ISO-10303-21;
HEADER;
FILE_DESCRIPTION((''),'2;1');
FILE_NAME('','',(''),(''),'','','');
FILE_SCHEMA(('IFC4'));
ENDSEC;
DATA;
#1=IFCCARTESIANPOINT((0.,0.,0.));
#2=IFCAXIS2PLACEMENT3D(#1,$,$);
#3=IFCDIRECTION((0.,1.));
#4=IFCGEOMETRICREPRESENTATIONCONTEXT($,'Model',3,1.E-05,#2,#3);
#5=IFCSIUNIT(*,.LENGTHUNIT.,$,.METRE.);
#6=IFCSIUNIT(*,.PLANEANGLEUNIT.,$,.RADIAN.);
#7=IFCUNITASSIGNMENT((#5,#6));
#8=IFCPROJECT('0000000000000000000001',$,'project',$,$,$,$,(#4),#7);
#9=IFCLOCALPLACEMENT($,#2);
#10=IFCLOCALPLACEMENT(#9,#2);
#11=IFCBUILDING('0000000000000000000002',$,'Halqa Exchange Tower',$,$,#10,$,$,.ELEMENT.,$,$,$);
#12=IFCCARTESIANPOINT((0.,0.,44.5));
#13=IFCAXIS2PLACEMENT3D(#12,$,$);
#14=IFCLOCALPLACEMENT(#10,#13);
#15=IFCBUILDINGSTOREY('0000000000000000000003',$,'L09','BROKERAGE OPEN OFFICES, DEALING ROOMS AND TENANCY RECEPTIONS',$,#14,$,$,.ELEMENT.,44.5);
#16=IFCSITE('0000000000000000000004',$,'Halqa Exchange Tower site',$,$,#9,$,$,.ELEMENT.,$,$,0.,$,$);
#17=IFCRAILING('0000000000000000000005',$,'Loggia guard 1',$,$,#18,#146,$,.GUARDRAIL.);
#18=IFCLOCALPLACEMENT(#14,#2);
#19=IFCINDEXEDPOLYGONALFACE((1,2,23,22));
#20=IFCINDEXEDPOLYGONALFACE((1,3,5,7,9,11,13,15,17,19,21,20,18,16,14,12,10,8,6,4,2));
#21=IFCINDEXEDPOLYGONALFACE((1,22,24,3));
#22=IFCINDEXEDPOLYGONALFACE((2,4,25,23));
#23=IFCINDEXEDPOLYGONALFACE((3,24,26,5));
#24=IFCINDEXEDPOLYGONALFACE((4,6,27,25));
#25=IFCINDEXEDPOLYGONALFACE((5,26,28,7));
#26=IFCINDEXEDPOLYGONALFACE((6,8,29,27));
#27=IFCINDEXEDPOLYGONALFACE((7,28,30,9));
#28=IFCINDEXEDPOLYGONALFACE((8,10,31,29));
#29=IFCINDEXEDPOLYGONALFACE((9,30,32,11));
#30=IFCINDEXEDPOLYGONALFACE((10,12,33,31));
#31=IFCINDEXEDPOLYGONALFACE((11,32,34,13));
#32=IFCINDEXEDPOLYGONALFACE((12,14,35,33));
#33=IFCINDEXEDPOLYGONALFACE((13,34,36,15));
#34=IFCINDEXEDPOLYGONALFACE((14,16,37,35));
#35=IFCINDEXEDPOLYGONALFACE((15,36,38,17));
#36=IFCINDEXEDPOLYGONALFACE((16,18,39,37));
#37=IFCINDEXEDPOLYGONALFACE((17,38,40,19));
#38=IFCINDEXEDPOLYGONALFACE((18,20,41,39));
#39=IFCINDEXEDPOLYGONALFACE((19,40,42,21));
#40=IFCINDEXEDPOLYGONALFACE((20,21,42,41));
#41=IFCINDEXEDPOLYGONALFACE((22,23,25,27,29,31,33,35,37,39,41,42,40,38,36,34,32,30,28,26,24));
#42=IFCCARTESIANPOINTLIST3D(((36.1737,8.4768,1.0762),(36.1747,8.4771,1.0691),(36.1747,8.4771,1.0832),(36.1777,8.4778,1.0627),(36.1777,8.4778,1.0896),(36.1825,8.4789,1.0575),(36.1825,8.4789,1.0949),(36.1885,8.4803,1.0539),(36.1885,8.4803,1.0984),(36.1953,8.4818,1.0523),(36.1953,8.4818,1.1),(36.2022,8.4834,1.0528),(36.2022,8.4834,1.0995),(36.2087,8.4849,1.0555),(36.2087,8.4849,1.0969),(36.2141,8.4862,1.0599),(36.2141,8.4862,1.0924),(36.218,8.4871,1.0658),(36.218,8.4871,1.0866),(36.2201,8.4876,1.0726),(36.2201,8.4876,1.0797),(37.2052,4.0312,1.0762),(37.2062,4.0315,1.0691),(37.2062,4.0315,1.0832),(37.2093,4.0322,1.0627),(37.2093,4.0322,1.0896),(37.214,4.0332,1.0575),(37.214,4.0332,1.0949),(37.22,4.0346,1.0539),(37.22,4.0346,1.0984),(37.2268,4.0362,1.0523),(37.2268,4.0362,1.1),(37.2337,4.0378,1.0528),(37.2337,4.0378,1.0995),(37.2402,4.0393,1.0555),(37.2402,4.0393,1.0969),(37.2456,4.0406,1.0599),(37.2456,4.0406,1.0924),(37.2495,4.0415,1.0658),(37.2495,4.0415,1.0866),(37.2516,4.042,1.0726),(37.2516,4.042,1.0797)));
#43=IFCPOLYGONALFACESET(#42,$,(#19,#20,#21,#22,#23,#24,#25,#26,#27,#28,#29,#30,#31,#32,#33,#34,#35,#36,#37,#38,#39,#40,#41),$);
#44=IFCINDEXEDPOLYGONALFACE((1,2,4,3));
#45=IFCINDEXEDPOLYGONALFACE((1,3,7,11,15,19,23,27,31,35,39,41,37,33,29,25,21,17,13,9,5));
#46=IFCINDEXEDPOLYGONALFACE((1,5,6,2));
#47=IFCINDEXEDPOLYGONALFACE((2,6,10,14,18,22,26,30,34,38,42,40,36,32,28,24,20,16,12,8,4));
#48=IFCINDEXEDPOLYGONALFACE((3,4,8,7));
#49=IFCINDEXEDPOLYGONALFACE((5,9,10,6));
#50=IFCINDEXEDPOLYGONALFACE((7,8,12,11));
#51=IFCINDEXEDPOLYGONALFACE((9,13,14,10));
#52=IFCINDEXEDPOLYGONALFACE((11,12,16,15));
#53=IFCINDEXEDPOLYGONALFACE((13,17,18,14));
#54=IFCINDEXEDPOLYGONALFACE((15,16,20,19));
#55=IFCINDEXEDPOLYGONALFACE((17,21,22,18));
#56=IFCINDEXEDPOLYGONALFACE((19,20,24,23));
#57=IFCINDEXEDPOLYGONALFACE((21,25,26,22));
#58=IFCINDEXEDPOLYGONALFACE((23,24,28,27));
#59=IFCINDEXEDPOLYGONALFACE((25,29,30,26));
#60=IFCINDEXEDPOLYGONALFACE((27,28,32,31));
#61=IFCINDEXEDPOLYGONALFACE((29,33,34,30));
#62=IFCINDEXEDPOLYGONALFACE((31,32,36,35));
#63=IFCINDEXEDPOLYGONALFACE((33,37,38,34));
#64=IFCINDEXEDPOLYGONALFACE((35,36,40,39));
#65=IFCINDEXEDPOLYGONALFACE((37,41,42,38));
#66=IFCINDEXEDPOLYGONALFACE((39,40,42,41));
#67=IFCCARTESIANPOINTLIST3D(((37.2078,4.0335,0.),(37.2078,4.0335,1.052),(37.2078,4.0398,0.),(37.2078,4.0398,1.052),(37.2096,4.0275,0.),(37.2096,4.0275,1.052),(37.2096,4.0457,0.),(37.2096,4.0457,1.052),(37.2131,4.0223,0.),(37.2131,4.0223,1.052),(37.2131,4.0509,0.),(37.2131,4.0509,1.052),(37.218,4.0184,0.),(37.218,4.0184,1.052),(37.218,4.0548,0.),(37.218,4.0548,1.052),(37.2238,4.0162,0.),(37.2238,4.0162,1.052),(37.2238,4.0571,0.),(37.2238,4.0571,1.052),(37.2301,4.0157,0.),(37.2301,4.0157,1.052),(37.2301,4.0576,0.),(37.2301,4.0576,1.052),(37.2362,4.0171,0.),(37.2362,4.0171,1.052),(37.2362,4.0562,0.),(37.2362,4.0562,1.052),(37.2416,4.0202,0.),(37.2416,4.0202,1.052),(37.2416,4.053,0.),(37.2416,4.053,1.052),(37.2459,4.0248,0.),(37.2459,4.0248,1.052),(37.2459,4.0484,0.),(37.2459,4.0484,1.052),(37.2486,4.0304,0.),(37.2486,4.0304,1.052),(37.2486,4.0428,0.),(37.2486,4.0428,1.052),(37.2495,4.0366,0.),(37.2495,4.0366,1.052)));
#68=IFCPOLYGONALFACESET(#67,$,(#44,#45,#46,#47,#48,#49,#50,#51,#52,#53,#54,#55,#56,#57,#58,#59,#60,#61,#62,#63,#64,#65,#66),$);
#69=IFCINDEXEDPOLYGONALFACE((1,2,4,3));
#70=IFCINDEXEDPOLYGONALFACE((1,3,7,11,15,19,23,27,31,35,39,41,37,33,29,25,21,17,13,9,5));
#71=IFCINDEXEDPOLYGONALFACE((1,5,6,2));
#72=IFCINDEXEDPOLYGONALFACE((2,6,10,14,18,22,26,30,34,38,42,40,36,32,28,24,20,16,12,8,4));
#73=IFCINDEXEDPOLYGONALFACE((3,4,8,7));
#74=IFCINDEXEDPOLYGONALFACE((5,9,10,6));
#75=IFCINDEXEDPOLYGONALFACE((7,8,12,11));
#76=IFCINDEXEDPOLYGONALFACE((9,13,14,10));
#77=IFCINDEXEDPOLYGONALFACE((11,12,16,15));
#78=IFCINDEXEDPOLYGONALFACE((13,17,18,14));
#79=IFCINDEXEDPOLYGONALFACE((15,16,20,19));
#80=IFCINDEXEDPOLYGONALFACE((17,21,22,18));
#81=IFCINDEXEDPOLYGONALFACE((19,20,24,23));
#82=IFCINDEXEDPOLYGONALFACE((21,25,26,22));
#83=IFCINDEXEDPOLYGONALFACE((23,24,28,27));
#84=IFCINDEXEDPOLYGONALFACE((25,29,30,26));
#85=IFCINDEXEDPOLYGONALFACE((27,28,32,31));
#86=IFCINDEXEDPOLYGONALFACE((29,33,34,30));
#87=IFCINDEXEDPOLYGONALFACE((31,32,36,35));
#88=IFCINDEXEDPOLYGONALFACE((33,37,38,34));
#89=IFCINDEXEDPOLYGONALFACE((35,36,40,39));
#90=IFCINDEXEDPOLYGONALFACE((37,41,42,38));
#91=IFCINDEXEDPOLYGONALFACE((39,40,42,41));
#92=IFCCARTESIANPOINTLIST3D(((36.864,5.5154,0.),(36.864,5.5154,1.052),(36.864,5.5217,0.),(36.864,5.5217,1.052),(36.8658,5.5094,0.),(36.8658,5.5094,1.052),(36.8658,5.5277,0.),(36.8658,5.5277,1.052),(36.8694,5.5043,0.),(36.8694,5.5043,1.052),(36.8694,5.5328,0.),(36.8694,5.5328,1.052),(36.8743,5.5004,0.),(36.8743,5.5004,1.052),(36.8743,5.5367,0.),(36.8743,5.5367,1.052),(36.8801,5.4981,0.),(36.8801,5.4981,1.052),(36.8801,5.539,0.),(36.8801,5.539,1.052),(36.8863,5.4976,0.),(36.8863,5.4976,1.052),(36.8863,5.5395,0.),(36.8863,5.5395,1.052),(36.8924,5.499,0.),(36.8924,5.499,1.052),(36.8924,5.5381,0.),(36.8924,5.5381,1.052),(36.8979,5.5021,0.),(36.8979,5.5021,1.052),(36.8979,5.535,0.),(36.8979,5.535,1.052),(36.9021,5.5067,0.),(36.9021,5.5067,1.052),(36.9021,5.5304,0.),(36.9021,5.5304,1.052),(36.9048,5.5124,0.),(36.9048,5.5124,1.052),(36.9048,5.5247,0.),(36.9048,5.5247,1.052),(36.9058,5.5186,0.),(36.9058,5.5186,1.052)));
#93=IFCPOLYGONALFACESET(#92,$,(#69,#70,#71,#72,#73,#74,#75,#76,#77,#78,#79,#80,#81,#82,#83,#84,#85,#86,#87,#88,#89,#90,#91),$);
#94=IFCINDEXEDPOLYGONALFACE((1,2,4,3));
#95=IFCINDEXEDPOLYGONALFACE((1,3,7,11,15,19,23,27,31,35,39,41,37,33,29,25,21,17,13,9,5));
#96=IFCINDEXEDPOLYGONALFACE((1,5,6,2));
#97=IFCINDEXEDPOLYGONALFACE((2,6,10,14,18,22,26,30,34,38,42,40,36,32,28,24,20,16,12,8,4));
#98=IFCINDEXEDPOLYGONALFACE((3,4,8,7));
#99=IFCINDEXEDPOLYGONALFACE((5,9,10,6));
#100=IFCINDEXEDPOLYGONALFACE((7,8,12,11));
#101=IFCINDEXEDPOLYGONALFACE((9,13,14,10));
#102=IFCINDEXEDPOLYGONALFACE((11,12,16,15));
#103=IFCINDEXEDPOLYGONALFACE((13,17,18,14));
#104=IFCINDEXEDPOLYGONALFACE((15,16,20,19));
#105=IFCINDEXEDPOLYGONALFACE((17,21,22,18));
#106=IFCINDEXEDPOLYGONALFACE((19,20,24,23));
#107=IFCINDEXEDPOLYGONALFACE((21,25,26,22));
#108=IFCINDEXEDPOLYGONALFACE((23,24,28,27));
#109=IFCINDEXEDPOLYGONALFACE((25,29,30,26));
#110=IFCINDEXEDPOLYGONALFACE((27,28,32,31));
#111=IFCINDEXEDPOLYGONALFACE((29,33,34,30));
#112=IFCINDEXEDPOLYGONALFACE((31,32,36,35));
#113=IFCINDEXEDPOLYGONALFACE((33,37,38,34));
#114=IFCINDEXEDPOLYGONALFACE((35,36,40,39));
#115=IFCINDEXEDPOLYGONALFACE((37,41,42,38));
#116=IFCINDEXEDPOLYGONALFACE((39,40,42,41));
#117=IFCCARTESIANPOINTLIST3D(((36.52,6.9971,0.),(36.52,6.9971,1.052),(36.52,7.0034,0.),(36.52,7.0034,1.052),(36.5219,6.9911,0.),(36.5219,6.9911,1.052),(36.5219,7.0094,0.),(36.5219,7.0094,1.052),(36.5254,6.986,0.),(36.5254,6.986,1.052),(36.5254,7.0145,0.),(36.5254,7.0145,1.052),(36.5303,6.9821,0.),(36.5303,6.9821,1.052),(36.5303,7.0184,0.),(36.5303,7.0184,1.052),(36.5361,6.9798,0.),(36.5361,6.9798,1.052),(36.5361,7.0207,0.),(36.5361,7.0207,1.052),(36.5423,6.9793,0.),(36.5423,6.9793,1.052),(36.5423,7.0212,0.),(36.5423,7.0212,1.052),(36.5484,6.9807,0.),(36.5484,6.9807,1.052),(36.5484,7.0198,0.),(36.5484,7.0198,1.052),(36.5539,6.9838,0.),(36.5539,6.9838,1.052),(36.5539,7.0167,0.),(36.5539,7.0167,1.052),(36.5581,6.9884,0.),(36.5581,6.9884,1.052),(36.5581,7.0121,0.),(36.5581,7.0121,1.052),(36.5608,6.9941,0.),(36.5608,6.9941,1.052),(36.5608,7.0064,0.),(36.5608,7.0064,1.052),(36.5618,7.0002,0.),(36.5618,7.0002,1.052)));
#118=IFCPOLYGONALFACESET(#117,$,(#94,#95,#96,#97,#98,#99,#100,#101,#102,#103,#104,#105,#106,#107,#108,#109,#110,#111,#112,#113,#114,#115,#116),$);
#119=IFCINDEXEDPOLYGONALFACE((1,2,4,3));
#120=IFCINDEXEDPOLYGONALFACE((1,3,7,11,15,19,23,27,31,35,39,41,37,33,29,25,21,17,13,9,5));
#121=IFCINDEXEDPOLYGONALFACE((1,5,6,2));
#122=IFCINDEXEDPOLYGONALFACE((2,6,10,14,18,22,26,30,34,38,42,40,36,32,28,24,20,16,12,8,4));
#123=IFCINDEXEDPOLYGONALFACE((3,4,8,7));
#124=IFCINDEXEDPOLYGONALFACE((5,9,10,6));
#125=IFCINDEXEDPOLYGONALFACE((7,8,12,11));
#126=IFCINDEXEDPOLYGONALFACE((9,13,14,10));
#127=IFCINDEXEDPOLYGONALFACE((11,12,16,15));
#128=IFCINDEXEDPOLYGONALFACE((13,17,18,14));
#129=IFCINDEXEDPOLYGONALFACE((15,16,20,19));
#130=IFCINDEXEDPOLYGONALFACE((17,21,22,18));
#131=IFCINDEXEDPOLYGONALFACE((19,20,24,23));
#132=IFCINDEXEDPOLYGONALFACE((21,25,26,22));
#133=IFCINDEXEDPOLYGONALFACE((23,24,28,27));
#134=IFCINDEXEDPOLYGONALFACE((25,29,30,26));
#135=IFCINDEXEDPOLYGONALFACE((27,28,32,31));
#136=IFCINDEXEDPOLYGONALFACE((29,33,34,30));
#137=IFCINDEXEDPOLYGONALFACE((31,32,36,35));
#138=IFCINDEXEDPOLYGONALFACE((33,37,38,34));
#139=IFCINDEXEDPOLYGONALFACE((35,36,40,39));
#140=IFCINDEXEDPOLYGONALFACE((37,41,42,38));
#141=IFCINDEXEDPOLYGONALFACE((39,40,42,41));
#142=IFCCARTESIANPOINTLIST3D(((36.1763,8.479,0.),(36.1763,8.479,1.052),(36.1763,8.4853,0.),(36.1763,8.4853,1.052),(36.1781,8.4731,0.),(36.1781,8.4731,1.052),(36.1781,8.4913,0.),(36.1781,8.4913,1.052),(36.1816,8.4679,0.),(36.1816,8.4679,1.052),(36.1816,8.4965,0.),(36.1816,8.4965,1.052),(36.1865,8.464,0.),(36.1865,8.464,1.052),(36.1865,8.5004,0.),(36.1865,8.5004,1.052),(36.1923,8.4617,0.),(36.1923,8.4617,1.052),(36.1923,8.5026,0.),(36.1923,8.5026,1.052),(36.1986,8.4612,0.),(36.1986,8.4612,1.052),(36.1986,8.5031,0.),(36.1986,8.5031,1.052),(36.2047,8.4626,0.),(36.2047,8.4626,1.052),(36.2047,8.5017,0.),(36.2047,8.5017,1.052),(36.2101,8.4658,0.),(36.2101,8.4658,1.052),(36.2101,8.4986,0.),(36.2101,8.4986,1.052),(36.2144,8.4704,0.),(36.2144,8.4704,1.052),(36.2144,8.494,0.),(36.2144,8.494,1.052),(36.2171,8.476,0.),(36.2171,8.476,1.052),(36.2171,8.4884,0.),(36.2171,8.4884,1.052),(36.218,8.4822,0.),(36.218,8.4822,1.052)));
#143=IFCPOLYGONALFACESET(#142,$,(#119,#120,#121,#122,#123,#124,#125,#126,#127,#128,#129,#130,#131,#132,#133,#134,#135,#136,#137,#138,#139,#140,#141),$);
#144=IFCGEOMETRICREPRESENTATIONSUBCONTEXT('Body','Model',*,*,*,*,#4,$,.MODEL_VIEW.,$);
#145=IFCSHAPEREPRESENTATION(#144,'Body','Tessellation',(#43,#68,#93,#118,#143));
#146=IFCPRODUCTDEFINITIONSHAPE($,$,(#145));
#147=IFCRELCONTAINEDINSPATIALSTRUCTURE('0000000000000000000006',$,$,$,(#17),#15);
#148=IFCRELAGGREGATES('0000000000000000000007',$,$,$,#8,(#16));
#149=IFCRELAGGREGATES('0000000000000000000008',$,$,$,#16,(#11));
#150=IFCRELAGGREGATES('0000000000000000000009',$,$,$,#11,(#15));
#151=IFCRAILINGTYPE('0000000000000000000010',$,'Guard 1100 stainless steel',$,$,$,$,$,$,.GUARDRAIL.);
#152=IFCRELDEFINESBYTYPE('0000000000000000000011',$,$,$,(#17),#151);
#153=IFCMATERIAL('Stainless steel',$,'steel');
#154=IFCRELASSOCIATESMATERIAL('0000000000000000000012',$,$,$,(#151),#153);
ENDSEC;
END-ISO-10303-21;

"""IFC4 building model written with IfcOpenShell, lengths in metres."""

from ifc_helpers import new_model, si_unit, direction, frame, origin, origin_2d, place, context, subcontext, project, spatial, circle, extrude, material, type_object, element, save


model = new_model("IFC4")

# Units and contexts
model_context = context("Model", 3, precision=1e-05, world=origin(), true_north=direction((0.0, 1.0)))
body_context = subcontext(model_context, "Body", "Model", "MODEL_VIEW")
ifc_project = project(units=[si_unit("LENGTHUNIT", "METRE"), si_unit("PLANEANGLEUNIT", "RADIAN")], contexts=[model_context])

# Site, building, storey
site_placement = place(None, origin())
site = spatial("IfcSite", under=ifc_project, at=site_placement, Name="Halqa Exchange Tower site", CompositionType="ELEMENT", RefElevation=0.0)
building_placement = place(site_placement, origin())
building = spatial("IfcBuilding", under=site, at=building_placement, Name="Halqa Exchange Tower", CompositionType="ELEMENT")
storey_placement = place(building_placement, frame((0.0, 0.0, 44.5)))
storey = spatial("IfcBuildingStorey", under=building, at=storey_placement, Name="L09", Description="BROKERAGE OPEN OFFICES, DEALING ROOMS AND TENANCY RECEPTIONS", CompositionType="ELEMENT", Elevation=44.5)

# Railing
ifc_material_1 = material(Name="Stainless steel", Category="steel")
railing_type = type_object("IfcRailingType", Name="Guard 1100 stainless steel", PredefinedType="GUARDRAIL", material=ifc_material_1)
railing_placement = place(storey_placement, frame((37.2285, 4.0366, 0.0)))
element("IfcRailing", 1, at=railing_placement, inside=storey, type_object=railing_type, Name="Loggia guard 1", PredefinedType="GUARDRAIL", context=body_context, shape_type="SweptSolid", body=[
    extrude(circle(Radius=0.0239, at=origin_2d()), frame((0.0, 0.0, 1.0762), z_axis=(-0.226024, 0.974122, 0.0), x_axis=(-0.974122, -0.226024, 0.0)), (0.0, 0.0, 1.0), 4.5637),
    extrude(circle(Radius=0.021, at=origin_2d()), origin(), (0.0, 0.0, 1.0), 1.052),
    extrude(circle(Radius=0.021, at=origin_2d()), frame((-0.3438, 1.4819, 0.0)), (0.0, 0.0, 1.0), 1.052),
    extrude(circle(Radius=0.021, at=origin_2d()), frame((-0.6877, 2.9636, 0.0)), (0.0, 0.0, 1.0), 1.052),
    extrude(circle(Radius=0.021, at=origin_2d()), frame((-1.0315, 4.4456, 0.0)), (0.0, 0.0, 1.0), 1.052),
])

save(model, "model.ifc")
